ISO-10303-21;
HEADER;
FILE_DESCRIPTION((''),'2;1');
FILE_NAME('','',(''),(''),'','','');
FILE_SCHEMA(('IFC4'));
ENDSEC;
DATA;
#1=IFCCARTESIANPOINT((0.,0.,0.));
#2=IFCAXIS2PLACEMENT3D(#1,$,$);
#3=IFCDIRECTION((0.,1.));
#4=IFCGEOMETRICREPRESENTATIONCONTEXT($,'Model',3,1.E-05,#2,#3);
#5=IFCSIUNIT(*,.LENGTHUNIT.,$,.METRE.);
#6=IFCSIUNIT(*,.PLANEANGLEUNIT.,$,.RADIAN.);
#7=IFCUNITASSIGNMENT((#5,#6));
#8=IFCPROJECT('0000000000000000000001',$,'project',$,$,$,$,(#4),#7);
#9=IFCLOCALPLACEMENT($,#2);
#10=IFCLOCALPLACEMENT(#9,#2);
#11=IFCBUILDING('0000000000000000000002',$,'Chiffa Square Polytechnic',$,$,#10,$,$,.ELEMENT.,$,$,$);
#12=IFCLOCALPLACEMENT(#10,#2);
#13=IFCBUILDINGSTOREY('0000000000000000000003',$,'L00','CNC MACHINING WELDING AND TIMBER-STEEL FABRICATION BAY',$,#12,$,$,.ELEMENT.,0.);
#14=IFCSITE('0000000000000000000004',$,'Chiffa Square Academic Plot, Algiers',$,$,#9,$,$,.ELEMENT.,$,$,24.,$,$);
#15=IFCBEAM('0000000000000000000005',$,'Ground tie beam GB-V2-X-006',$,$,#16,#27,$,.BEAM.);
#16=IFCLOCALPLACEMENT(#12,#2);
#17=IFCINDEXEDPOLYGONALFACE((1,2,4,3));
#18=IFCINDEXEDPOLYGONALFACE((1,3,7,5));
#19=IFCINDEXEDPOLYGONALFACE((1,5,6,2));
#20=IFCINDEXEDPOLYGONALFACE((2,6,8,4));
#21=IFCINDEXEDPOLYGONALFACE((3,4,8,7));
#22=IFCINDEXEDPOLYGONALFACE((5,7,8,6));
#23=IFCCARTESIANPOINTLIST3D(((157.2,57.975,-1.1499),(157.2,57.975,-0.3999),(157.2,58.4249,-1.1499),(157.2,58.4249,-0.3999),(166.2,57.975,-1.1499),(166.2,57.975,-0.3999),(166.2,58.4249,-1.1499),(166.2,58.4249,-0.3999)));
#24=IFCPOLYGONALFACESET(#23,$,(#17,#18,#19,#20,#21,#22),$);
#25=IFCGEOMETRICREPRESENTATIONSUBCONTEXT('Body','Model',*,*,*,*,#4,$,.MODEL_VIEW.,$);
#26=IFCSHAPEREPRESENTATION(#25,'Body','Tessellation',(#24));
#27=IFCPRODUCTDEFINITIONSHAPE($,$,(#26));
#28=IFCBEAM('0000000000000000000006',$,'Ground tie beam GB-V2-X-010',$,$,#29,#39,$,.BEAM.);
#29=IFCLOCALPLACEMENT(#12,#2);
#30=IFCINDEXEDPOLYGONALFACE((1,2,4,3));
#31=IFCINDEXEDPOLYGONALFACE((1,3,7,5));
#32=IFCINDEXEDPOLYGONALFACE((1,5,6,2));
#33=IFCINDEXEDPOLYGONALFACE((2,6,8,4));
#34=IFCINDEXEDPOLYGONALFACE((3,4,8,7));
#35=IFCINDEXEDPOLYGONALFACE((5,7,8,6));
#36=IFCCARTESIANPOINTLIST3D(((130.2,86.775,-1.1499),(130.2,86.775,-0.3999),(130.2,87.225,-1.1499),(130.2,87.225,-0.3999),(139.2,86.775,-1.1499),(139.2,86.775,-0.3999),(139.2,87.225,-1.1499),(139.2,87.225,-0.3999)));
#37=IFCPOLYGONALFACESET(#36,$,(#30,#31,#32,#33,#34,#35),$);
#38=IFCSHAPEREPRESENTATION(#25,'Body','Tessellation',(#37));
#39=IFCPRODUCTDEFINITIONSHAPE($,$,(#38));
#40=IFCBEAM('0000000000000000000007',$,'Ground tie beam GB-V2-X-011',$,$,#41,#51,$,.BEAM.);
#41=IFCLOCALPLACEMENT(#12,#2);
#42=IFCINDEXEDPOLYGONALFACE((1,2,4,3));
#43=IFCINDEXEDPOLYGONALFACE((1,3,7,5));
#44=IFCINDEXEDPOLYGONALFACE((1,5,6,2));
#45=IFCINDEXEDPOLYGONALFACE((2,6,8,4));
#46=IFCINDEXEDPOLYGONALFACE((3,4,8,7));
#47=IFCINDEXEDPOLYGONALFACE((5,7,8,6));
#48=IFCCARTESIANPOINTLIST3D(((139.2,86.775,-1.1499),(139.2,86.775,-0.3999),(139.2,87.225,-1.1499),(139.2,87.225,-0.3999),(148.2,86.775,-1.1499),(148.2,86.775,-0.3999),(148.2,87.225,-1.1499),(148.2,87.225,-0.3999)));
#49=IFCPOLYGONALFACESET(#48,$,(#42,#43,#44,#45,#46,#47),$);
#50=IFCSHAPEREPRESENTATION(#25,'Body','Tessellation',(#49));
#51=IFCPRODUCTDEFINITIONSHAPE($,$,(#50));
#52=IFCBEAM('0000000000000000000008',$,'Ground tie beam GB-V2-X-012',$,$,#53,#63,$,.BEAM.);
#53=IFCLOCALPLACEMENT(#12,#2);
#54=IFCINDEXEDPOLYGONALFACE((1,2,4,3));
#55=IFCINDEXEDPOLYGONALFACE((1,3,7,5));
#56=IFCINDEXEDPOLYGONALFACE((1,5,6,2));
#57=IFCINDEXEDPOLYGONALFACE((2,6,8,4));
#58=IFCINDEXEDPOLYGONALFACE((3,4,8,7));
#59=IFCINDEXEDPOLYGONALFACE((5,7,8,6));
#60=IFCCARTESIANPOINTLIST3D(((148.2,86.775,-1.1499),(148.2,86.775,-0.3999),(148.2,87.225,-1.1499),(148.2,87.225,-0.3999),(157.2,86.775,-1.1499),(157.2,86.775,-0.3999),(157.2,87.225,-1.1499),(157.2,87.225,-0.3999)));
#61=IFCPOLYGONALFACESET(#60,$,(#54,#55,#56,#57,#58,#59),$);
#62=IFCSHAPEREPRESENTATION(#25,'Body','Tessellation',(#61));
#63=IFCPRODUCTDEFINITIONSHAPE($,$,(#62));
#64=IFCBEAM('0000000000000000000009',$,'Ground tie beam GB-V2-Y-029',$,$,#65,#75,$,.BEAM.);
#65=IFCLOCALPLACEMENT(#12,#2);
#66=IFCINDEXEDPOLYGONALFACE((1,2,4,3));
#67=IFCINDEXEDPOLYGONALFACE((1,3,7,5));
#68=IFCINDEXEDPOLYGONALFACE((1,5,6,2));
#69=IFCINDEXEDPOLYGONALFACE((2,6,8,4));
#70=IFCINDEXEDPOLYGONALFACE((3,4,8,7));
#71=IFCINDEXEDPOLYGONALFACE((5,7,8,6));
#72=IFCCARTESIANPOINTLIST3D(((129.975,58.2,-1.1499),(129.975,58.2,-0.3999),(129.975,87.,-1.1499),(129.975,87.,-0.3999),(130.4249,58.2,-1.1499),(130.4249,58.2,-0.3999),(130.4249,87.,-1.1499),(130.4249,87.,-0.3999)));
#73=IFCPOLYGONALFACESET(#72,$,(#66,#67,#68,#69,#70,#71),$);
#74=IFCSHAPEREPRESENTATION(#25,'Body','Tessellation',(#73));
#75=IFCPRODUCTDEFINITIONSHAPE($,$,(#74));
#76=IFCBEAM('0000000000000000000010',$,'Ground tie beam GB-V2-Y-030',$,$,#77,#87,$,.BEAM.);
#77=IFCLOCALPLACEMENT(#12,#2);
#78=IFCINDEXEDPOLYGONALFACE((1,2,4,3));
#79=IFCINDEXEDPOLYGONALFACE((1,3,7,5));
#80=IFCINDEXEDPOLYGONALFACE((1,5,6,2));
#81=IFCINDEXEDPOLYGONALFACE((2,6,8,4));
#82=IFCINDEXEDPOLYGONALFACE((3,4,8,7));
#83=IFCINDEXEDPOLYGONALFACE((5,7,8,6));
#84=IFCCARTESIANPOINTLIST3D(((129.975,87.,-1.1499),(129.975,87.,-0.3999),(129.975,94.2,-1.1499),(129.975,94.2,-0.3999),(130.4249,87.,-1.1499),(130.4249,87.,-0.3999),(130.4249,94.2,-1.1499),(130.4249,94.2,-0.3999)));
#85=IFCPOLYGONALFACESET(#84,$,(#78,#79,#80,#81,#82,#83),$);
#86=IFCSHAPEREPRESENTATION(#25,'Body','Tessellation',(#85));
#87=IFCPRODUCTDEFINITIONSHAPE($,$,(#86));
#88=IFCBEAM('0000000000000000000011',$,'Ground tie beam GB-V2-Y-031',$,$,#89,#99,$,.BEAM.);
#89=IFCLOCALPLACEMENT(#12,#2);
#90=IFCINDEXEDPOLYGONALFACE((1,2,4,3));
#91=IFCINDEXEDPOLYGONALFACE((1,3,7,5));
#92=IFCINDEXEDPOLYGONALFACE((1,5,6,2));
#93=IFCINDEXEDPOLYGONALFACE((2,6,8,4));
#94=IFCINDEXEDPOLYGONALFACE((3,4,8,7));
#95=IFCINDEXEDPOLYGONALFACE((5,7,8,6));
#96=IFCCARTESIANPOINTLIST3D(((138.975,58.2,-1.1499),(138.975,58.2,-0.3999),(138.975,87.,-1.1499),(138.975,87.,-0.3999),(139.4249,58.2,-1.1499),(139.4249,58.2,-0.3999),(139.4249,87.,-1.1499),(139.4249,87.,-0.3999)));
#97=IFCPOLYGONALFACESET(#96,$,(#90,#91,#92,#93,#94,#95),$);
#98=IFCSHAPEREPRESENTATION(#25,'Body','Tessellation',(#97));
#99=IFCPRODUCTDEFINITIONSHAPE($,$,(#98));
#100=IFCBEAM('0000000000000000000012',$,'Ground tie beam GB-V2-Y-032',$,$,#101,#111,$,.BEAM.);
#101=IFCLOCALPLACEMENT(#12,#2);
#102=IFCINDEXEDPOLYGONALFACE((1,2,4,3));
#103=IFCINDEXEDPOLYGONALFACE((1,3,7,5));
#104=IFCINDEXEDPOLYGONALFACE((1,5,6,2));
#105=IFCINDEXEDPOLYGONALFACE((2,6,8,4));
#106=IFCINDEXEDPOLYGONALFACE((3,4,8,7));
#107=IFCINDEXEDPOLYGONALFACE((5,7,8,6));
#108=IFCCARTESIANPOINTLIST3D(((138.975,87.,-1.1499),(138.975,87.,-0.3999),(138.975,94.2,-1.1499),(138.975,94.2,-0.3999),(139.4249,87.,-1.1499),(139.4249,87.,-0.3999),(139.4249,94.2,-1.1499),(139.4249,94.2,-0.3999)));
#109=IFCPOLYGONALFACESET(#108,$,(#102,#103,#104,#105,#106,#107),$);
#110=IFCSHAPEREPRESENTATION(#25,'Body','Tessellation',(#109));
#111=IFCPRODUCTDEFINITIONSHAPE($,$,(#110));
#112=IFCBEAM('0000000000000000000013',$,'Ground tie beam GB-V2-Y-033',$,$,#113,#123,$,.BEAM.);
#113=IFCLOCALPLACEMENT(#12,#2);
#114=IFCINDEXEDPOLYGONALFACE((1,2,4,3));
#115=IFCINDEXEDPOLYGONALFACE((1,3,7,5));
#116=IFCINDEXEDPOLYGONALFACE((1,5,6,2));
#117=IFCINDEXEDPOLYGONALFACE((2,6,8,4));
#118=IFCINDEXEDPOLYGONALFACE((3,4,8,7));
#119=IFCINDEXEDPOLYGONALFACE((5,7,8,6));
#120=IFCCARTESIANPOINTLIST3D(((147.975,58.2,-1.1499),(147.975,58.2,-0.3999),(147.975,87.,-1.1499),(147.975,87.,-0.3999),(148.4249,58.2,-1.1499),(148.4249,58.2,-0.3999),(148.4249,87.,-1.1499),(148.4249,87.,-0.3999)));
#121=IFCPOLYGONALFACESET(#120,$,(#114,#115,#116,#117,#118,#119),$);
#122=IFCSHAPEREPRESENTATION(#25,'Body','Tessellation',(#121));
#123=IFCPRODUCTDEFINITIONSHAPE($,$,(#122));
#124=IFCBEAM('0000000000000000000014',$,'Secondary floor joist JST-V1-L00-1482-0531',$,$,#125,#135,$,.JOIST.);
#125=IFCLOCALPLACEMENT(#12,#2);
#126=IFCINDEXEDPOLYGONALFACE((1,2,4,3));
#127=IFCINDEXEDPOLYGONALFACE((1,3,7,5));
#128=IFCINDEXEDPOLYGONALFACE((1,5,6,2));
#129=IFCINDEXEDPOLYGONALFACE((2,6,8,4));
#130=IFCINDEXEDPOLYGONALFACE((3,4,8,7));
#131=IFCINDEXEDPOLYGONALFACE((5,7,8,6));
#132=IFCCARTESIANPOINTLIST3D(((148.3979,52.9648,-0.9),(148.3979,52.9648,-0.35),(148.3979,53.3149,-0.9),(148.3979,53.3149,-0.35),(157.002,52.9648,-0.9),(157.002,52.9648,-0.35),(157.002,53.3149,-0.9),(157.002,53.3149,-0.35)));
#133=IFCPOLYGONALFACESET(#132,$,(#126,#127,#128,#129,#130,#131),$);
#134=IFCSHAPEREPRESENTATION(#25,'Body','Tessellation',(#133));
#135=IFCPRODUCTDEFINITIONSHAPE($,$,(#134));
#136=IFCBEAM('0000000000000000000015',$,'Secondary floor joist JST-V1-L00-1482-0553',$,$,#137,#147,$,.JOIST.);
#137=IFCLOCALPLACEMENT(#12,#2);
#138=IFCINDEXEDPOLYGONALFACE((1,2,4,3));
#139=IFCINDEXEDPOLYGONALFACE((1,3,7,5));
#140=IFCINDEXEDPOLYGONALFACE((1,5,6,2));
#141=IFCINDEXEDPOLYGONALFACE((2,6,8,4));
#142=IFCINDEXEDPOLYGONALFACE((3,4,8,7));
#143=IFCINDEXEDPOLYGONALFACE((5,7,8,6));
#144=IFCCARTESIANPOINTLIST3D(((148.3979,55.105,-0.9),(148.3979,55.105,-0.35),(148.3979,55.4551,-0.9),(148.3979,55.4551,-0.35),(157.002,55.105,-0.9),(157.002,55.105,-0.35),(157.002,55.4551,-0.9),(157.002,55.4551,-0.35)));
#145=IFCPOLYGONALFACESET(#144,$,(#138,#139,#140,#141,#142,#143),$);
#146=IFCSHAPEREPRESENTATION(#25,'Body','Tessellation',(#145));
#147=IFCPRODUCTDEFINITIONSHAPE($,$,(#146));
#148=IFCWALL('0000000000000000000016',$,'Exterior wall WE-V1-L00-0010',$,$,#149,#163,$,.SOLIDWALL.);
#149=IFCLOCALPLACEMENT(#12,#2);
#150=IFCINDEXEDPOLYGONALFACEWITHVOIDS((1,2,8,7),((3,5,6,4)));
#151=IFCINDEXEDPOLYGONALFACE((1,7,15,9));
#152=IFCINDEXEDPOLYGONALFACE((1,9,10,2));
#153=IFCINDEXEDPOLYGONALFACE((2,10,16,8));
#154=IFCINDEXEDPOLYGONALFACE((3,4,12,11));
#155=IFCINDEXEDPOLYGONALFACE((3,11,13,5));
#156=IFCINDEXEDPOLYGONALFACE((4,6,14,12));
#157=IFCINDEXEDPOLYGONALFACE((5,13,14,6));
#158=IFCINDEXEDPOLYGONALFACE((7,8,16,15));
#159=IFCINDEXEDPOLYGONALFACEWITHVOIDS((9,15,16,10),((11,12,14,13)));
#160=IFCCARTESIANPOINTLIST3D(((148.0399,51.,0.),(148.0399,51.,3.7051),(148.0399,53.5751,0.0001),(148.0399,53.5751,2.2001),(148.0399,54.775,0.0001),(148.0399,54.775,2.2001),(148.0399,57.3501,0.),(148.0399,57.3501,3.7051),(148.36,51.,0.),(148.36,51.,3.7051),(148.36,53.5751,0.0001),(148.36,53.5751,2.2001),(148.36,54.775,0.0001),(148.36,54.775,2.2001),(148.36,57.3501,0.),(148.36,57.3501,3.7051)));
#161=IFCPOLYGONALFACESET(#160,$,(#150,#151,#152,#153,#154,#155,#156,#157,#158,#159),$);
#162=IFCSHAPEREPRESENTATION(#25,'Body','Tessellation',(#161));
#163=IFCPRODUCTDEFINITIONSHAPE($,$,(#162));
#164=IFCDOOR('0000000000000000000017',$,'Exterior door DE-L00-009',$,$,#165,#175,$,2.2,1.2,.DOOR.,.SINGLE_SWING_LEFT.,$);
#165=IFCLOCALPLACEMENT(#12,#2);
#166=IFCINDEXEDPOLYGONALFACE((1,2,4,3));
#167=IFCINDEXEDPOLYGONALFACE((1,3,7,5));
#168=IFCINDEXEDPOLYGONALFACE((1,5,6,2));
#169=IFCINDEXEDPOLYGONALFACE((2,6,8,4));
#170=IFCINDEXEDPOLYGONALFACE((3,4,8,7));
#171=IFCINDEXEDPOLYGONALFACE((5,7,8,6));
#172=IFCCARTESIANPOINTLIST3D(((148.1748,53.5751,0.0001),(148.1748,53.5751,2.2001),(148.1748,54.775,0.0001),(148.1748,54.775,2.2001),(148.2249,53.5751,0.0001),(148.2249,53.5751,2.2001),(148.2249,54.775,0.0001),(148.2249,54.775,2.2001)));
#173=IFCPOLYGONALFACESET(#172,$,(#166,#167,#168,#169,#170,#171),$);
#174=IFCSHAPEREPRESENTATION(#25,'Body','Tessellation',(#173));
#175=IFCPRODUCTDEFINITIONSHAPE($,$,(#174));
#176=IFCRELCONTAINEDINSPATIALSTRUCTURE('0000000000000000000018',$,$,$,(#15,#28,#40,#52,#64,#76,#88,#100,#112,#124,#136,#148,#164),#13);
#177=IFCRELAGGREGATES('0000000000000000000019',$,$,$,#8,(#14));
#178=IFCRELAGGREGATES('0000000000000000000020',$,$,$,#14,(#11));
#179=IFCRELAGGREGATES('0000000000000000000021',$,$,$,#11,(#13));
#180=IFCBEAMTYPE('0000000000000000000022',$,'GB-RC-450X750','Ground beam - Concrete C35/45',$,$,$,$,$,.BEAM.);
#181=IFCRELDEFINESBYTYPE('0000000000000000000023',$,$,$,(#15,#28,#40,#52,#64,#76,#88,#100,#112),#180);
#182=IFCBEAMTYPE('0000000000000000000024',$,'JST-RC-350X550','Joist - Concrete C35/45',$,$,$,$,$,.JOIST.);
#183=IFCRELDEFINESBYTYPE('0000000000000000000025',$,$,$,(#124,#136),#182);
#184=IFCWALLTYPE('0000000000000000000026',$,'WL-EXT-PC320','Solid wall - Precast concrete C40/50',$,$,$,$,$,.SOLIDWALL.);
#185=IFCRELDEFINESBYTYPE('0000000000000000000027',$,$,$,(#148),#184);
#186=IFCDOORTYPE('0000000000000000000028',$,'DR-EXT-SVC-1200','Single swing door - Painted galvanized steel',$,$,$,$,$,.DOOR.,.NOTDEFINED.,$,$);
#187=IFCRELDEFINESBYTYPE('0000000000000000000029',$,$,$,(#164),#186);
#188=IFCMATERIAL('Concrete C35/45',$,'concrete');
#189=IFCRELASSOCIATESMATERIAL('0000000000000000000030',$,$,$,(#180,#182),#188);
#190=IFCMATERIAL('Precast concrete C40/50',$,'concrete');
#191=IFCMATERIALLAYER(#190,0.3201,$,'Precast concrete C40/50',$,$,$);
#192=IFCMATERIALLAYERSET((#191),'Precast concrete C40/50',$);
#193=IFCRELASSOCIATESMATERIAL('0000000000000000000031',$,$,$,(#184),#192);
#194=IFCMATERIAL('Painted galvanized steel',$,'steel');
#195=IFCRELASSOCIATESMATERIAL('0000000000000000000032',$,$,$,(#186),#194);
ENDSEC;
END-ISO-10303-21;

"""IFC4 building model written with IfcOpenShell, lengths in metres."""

from ifc_helpers import new_model, si_unit, direction, frame, frame_2d, origin, origin_2d, place, context, subcontext, project, spatial, rectangle, extrude, material, layer, layer_set, material_profile, profile_set, type_object, element, fill, save


model = new_model("IFC4")

# Units and contexts
model_context = context("Model", 3, precision=1e-05, world=origin(), true_north=direction((0.0, 1.0)))
body_context = subcontext(model_context, "Body", "Model", "MODEL_VIEW")
ifc_project = project(units=[si_unit("LENGTHUNIT", "METRE"), si_unit("PLANEANGLEUNIT", "RADIAN")], contexts=[model_context])

# Site, building, storey
site_placement = place(None, origin())
site = spatial("IfcSite", under=ifc_project, at=site_placement, Name="Chiffa Square Academic Plot, Algiers", CompositionType="ELEMENT", RefElevation=24.0)
building_placement = place(site_placement, origin())
building = spatial("IfcBuilding", under=site, at=building_placement, Name="Chiffa Square Polytechnic", CompositionType="ELEMENT")
storey_placement = place(building_placement, origin())
storey = spatial("IfcBuildingStorey", under=building, at=storey_placement, Name="L00", Description="CNC MACHINING WELDING AND TIMBER-STEEL FABRICATION BAY", CompositionType="ELEMENT", Elevation=0.0)

# Beams
ifc_material_1 = material(Name="Concrete C35/45", Category="concrete")
ifc_material_profile_1 = material_profile(ifc_material_1, rectangle(XDim=0.45, YDim=0.75, at=origin_2d()), Name="RC 450x750")
ifc_profile_set_1 = profile_set([ifc_material_profile_1], Name="Concrete C35/45")
beam_type_1 = type_object("IfcBeamType", Name="GB-RC-450X750", Description="Ground beam - Concrete C35/45", PredefinedType="BEAM", material=ifc_profile_set_1)
for number, where, z_axis, x_axis, name in (
    (1, (157.2, 58.2, -0.7749), (1.0, 0.0, 0.0), (0.0, 1.0, 0.0), "Ground tie beam GB-V2-X-006"),
    (2, (130.2, 87.0, -0.7749), (1.0, 0.0, 0.0), (0.0, 1.0, 0.0), "Ground tie beam GB-V2-X-010"),
    (3, (139.2, 87.0, -0.7749), (1.0, 0.0, 0.0), (0.0, 1.0, 0.0), "Ground tie beam GB-V2-X-011"),
    (4, (148.2, 87.0, -0.7749), (1.0, 0.0, 0.0), (0.0, 1.0, 0.0), "Ground tie beam GB-V2-X-012"),
):
    element("IfcBeam", number, at=place(storey_placement, frame(where, z_axis=z_axis, x_axis=x_axis)), inside=storey, type_object=beam_type_1, Name=name, PredefinedType="BEAM", context=body_context, shape_type="SweptSolid", body=[
        extrude(rectangle(XDim=0.45, YDim=0.75, at=origin_2d()), origin(), (0.0, 0.0, 1.0), 9.0),
    ])
beam_1_placement = place(storey_placement, frame((130.2, 58.2, -0.7749), z_axis=(0.0, 1.0, 0.0), x_axis=(-1.0, 0.0, 0.0)))
element("IfcBeam", 5, at=beam_1_placement, inside=storey, type_object=beam_type_1, Name="Ground tie beam GB-V2-Y-029", PredefinedType="BEAM", context=body_context, shape_type="SweptSolid", body=[
    extrude(rectangle(XDim=0.45, YDim=0.75, at=origin_2d()), origin(), (0.0, 0.0, 1.0), 28.8),
])
beam_2_placement = place(storey_placement, frame((130.2, 87.0, -0.7749), z_axis=(0.0, 1.0, 0.0), x_axis=(-1.0, 0.0, 0.0)))
element("IfcBeam", 6, at=beam_2_placement, inside=storey, type_object=beam_type_1, Name="Ground tie beam GB-V2-Y-030", PredefinedType="BEAM", context=body_context, shape_type="SweptSolid", body=[
    extrude(rectangle(XDim=0.45, YDim=0.75, at=origin_2d()), origin(), (0.0, 0.0, 1.0), 7.2),
])
beam_3_placement = place(storey_placement, frame((139.2, 58.2, -0.7749), z_axis=(0.0, 1.0, 0.0), x_axis=(-1.0, 0.0, 0.0)))
element("IfcBeam", 7, at=beam_3_placement, inside=storey, type_object=beam_type_1, Name="Ground tie beam GB-V2-Y-031", PredefinedType="BEAM", context=body_context, shape_type="SweptSolid", body=[
    extrude(rectangle(XDim=0.45, YDim=0.75, at=origin_2d()), origin(), (0.0, 0.0, 1.0), 28.8),
])
beam_4_placement = place(storey_placement, frame((139.2, 87.0, -0.7749), z_axis=(0.0, 1.0, 0.0), x_axis=(-1.0, 0.0, 0.0)))
element("IfcBeam", 8, at=beam_4_placement, inside=storey, type_object=beam_type_1, Name="Ground tie beam GB-V2-Y-032", PredefinedType="BEAM", context=body_context, shape_type="SweptSolid", body=[
    extrude(rectangle(XDim=0.45, YDim=0.75, at=origin_2d()), origin(), (0.0, 0.0, 1.0), 7.2),
])
beam_5_placement = place(storey_placement, frame((148.2, 58.2, -0.7749), z_axis=(0.0, 1.0, 0.0), x_axis=(-1.0, 0.0, 0.0)))
element("IfcBeam", 9, at=beam_5_placement, inside=storey, type_object=beam_type_1, Name="Ground tie beam GB-V2-Y-033", PredefinedType="BEAM", context=body_context, shape_type="SweptSolid", body=[
    extrude(rectangle(XDim=0.45, YDim=0.75, at=origin_2d()), origin(), (0.0, 0.0, 1.0), 28.8),
])
ifc_material_profile_2 = material_profile(ifc_material_1, rectangle(XDim=0.3501, YDim=0.55, at=origin_2d()), Name="RC 350x550")
ifc_profile_set_2 = profile_set([ifc_material_profile_2], Name="Concrete C35/45")
beam_type_2 = type_object("IfcBeamType", Name="JST-RC-350X550", Description="Joist - Concrete C35/45", PredefinedType="JOIST", material=ifc_profile_set_2)
for number, where, z_axis, x_axis, name in (
    (10, (148.3979, 53.1399, -0.625), (1.0, 0.0, 0.0), (0.0, 1.0, 0.0), "Secondary floor joist JST-V1-L00-1482-0531"),
    (11, (148.3979, 55.28, -0.625), (1.0, 0.0, 0.0), (0.0, 1.0, 0.0), "Secondary floor joist JST-V1-L00-1482-0553"),
):
    element("IfcBeam", number, at=place(storey_placement, frame(where, z_axis=z_axis, x_axis=x_axis)), inside=storey, type_object=beam_type_2, Name=name, PredefinedType="JOIST", context=body_context, shape_type="SweptSolid", body=[
        extrude(rectangle(XDim=0.3501, YDim=0.55, at=origin_2d()), origin(), (0.0, 0.0, 1.0), 8.604),
    ])

# Wall, opening, door
ifc_material_2 = material(Name="Precast concrete C40/50", Category="concrete")
ifc_layer_1 = layer(ifc_material_2, 0.3201, Name="Precast concrete C40/50")
ifc_layer_set_1 = layer_set([ifc_layer_1], Name="Precast concrete C40/50")
wall_type_1 = type_object("IfcWallType", Name="WL-EXT-PC320", Description="Solid wall - Precast concrete C40/50", PredefinedType="SOLIDWALL", material=ifc_layer_set_1)
wall_1_placement = place(storey_placement, frame((148.2, 57.3501, 0.0), z_axis=(0.0, 0.0, 1.0), x_axis=(0.0, -1.0, 0.0)))
wall_1 = element("IfcWall", 12, at=wall_1_placement, inside=storey, type_object=wall_type_1, Name="Exterior wall WE-V1-L00-0010", PredefinedType="SOLIDWALL", context=body_context, shape_type="SweptSolid", body=[
    extrude(rectangle(XDim=6.3501, YDim=0.3201, at=frame_2d((3.175, 0.0))), origin(), (0.0, 0.0, 1.0), 3.7051),
])
opening_1_placement = place(wall_1_placement, frame((2.575, 0.0, 0.0)))
opening_1 = element("IfcOpeningElement", 13, at=opening_1_placement, cuts=wall_1, PredefinedType="OPENING", context=body_context, shape_type="SweptSolid", body=[
    extrude(rectangle(XDim=1.2, YDim=2.2, at=frame_2d((0.6001, 1.1001))), frame((0.0, 0.1699, 0.0), z_axis=(0.0, -1.0, 0.0), x_axis=(1.0, 0.0, 0.0)), (0.0, 0.0, 1.0), 0.3401),
])
ifc_material_3 = material(Name="Painted galvanized steel", Category="steel")
door_type_1 = type_object("IfcDoorType", Name="DR-EXT-SVC-1200", Description="Single swing door - Painted galvanized steel", OperationType="NOTDEFINED", PredefinedType="DOOR", material=ifc_material_3)
door_1_placement = place(opening_1_placement, origin())
door_1 = element("IfcDoor", 14, at=door_1_placement, inside=storey, type_object=door_type_1, Name="Exterior door DE-L00-009", OperationType="SINGLE_SWING_LEFT", OverallHeight=2.2, OverallWidth=1.2, PredefinedType="DOOR", context=body_context, shape_type="SweptSolid", body=[
    extrude(rectangle(XDim=1.2, YDim=2.2, at=frame_2d((0.6001, 1.1001))), frame((0.0, 0.0249, 0.0), z_axis=(0.0, -1.0, 0.0), x_axis=(1.0, 0.0, 0.0)), (0.0, 0.0, 1.0), 0.05),
])
fill(opening_1, door_1)

save(model, "model.ifc")
